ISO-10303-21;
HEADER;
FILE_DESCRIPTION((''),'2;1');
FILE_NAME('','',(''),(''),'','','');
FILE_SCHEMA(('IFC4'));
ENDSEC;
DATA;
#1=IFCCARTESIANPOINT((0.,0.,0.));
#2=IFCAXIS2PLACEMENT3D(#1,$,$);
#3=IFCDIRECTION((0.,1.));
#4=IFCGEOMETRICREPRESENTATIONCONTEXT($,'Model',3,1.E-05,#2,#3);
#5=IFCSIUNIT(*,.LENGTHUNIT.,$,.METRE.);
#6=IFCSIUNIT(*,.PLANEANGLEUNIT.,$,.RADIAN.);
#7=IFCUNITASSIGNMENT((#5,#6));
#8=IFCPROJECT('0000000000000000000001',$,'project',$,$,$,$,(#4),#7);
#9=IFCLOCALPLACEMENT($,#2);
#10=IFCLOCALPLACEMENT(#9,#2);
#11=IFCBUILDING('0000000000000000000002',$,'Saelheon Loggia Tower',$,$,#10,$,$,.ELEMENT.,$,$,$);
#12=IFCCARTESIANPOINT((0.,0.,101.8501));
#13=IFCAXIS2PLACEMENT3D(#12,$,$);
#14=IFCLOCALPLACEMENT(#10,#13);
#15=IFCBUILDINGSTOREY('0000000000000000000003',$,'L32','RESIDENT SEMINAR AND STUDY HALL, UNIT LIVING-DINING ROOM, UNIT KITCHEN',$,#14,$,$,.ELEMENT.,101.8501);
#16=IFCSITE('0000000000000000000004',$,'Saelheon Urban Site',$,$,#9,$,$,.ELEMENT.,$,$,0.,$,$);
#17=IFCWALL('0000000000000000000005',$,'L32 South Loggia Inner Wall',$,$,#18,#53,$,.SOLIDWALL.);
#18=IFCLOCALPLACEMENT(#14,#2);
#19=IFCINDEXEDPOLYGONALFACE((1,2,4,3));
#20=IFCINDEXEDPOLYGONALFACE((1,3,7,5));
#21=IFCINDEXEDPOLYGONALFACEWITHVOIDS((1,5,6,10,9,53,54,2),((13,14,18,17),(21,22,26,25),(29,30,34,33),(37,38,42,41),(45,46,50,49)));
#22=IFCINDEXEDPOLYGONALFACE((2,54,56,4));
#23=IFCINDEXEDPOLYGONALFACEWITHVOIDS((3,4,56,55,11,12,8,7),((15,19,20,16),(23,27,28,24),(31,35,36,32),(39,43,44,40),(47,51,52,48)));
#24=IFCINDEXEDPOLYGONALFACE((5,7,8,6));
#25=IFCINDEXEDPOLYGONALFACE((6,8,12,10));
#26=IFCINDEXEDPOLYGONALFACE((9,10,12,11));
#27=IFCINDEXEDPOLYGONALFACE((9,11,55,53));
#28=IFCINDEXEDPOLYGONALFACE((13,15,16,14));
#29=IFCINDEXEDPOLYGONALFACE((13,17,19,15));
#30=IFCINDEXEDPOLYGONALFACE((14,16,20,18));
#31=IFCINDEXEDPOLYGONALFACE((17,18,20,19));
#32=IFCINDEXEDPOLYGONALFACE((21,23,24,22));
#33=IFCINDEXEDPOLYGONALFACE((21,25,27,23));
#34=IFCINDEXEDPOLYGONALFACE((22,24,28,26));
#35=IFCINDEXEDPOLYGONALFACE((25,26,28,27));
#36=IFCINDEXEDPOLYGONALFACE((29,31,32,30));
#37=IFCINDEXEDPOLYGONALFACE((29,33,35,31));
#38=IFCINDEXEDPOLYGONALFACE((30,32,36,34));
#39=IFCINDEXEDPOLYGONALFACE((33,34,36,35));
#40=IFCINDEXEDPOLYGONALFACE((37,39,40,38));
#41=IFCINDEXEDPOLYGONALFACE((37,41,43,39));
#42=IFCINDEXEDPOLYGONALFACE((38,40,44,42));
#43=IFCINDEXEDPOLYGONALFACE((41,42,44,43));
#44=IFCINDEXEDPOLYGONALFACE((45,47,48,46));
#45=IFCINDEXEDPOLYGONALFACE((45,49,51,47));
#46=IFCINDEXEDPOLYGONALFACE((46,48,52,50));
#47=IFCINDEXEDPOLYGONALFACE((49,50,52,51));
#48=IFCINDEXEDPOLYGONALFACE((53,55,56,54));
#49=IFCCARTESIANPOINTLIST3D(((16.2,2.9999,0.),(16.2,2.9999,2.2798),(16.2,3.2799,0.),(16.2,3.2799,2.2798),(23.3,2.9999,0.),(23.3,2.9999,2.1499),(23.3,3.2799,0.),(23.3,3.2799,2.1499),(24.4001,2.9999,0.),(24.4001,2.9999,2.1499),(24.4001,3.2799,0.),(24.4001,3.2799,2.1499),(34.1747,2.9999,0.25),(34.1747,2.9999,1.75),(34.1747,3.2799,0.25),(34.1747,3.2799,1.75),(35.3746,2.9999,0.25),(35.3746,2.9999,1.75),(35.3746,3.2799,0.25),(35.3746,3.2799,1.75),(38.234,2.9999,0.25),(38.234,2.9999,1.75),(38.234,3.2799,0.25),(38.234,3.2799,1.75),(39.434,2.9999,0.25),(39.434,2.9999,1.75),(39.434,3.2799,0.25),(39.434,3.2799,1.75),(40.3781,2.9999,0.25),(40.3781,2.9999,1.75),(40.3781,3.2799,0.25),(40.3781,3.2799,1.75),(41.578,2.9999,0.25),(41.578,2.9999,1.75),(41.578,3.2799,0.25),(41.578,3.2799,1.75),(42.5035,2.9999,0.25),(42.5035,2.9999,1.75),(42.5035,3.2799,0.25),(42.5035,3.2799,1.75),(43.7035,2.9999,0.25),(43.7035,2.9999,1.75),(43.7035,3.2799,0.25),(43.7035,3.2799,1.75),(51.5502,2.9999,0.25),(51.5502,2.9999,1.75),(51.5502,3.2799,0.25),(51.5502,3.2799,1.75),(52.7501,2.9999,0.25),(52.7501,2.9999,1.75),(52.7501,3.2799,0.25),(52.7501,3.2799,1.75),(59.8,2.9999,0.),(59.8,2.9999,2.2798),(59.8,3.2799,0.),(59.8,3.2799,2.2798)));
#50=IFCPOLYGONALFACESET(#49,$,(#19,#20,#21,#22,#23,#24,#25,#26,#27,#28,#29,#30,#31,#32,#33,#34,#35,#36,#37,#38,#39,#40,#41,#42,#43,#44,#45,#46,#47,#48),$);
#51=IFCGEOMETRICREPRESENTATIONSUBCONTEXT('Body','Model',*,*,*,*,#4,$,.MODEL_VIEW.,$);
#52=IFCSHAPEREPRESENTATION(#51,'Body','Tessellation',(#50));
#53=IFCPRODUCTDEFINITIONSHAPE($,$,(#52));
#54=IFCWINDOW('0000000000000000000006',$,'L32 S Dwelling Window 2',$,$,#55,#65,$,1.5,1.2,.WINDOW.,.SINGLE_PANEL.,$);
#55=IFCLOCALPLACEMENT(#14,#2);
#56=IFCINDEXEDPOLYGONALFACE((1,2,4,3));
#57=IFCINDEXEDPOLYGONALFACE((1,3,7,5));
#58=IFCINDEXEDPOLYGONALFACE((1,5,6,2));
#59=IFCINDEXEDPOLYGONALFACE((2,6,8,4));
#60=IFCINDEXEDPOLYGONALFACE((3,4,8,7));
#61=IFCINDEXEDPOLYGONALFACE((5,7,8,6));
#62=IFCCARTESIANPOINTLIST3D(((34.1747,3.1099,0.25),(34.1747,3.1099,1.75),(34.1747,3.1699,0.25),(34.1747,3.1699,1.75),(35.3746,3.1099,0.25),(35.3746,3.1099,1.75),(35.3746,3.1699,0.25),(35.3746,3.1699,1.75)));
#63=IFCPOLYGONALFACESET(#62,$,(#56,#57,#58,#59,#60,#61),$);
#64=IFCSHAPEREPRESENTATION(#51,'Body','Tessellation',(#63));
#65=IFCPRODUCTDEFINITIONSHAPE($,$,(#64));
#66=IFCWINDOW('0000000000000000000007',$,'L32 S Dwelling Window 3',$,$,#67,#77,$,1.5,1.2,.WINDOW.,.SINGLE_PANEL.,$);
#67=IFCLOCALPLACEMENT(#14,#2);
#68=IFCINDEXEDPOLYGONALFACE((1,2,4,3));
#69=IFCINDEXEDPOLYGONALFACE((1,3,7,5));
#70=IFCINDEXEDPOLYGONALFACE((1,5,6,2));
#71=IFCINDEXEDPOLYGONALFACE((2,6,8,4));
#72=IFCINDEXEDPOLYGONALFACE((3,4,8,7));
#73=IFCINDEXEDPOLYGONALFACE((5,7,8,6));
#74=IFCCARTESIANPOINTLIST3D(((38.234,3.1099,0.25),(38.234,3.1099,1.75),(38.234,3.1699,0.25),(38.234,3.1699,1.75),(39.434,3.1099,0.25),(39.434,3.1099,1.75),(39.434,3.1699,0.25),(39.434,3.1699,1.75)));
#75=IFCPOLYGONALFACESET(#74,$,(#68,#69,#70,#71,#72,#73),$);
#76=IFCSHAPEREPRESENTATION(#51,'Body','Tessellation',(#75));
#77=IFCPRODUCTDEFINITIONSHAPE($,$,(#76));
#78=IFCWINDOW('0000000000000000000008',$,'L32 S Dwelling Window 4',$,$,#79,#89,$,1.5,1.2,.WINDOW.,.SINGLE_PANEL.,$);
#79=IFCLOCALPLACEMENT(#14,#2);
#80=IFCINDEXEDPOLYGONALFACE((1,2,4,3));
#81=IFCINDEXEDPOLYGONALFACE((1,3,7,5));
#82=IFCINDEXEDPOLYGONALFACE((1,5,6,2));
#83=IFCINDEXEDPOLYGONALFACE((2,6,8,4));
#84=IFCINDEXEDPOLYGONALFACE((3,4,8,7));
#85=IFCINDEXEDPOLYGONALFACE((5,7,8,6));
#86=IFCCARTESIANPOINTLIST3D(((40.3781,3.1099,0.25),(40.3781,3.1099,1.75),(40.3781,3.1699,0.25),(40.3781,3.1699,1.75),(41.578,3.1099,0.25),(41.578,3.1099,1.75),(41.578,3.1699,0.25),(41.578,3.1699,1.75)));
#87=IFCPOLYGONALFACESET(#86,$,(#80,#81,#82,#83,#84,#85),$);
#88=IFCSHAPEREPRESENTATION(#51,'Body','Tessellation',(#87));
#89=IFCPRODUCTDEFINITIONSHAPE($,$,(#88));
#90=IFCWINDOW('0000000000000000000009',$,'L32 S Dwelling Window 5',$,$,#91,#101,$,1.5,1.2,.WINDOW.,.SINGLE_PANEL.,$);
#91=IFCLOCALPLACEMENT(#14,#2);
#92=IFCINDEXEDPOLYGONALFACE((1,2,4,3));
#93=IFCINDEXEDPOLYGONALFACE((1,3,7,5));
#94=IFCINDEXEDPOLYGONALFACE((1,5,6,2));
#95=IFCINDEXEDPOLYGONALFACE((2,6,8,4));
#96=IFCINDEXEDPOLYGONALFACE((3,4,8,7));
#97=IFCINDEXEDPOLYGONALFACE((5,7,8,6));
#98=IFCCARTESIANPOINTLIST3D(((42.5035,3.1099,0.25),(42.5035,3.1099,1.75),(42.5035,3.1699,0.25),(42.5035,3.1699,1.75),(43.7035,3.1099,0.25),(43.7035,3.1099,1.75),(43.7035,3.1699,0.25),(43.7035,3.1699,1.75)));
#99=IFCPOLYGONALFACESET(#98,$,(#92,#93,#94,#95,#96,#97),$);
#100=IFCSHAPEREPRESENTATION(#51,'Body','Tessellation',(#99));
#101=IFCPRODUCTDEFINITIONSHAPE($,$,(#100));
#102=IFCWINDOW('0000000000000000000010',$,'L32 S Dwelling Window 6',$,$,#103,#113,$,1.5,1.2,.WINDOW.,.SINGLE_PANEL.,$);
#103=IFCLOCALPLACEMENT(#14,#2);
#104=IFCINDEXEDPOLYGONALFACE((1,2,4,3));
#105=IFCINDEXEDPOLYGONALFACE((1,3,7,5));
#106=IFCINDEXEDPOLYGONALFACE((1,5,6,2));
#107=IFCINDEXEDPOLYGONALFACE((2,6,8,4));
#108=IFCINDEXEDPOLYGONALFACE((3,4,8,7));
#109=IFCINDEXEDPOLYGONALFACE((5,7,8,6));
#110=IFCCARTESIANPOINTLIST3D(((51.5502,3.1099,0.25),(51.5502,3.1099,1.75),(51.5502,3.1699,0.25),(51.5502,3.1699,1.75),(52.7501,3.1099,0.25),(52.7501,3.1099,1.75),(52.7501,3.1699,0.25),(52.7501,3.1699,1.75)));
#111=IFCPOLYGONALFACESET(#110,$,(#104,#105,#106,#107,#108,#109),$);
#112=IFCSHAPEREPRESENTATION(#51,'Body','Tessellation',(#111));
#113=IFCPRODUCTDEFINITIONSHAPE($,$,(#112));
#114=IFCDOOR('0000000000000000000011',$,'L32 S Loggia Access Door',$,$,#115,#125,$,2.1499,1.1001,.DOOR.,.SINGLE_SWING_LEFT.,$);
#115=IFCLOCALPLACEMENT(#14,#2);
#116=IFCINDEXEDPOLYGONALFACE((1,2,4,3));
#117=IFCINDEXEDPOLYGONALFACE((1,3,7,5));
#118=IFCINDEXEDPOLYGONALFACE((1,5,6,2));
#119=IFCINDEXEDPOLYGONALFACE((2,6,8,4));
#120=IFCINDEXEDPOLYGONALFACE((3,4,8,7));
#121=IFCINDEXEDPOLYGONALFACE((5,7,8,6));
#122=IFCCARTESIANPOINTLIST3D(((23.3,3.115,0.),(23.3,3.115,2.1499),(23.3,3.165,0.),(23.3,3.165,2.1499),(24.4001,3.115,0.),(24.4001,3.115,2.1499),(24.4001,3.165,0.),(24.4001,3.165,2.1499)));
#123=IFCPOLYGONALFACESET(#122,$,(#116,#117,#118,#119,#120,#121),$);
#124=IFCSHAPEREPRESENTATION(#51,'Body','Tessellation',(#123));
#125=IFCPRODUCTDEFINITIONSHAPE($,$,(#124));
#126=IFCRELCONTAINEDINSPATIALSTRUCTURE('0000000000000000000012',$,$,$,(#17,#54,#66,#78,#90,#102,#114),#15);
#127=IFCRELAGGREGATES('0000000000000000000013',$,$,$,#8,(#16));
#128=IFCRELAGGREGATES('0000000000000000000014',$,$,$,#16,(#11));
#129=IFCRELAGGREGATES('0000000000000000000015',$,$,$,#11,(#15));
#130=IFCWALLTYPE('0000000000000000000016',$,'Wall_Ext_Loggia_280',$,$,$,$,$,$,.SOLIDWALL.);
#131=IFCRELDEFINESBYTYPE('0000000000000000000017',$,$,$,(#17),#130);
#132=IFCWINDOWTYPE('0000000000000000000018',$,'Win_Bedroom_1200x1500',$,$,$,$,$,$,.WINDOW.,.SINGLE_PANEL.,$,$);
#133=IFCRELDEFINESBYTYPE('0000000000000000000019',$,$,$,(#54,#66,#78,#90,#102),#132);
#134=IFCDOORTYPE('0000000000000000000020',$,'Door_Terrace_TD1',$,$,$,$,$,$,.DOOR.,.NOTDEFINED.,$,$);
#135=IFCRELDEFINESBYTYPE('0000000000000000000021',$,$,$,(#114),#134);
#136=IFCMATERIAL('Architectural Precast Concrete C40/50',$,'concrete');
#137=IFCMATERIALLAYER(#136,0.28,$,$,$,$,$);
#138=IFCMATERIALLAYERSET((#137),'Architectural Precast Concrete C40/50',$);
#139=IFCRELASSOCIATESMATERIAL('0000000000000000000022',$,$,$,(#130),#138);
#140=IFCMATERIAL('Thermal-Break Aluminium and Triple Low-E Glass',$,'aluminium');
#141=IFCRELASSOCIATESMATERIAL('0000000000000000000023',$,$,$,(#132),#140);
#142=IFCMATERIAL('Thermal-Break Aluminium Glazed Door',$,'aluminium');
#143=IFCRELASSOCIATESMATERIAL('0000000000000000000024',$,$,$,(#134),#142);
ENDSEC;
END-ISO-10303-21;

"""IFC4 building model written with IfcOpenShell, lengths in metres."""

from ifc_helpers import new_model, si_unit, direction, frame, frame_2d, origin, place, context, subcontext, project, spatial, rectangle, extrude, source, transform, mapped, material, layer, layer_set, type_object, element, fill, save


model = new_model("IFC4")

# Units and contexts
model_context = context("Model", 3, precision=1e-05, world=origin(), true_north=direction((0.0, 1.0)))
body_context = subcontext(model_context, "Body", "Model", "MODEL_VIEW")
ifc_project = project(units=[si_unit("LENGTHUNIT", "METRE"), si_unit("PLANEANGLEUNIT", "RADIAN")], contexts=[model_context])

# Site, building, storey
site_placement = place(None, origin())
site = spatial("IfcSite", under=ifc_project, at=site_placement, Name="Saelheon Urban Site", CompositionType="ELEMENT", RefElevation=0.0)
building_placement = place(site_placement, origin())
building = spatial("IfcBuilding", under=site, at=building_placement, Name="Saelheon Loggia Tower", CompositionType="ELEMENT")
storey_placement = place(building_placement, frame((0.0, 0.0, 101.8501)))
storey = spatial("IfcBuildingStorey", under=building, at=storey_placement, Name="L32", Description="RESIDENT SEMINAR AND STUDY HALL, UNIT LIVING-DINING ROOM, UNIT KITCHEN", CompositionType="ELEMENT", Elevation=101.8501)

# Wall, openings, windows, door
ifc_material_1 = material(Name="Architectural Precast Concrete C40/50", Category="concrete")
ifc_layer_1 = layer(ifc_material_1, 0.28)
ifc_layer_set_1 = layer_set([ifc_layer_1], Name="Architectural Precast Concrete C40/50")
wall_type_1 = type_object("IfcWallType", Name="Wall_Ext_Loggia_280", PredefinedType="SOLIDWALL", material=ifc_layer_set_1)
wall_1_placement = place(storey_placement, frame((16.2, 3.1399, 0.0), z_axis=(0.0, 0.0, 1.0), x_axis=(1.0, 0.0, 0.0)))
wall_1 = element("IfcWall", 1, at=wall_1_placement, inside=storey, type_object=wall_type_1, Name="L32 South Loggia Inner Wall", PredefinedType="SOLIDWALL", context=body_context, shape_type="SweptSolid", body=[
    extrude(rectangle(XDim=43.6001, YDim=0.28, at=frame_2d((21.8, 0.0))), origin(), (0.0, 0.0, 1.0), 2.2798),
])
opening_1_placement = place(wall_1_placement, frame((8.2002, 0.0, 0.0), z_axis=(0.0, 0.0, 1.0), x_axis=(-1.0, 0.0, 0.0)))
opening_1 = element("IfcOpeningElement", 2, at=opening_1_placement, cuts=wall_1, PredefinedType="OPENING", context=body_context, shape_type="SweptSolid", body=[
    extrude(rectangle(XDim=1.1001, YDim=2.1499, at=frame_2d((0.55, 1.075))), frame((0.0, 0.1521, 0.0), z_axis=(0.0, -1.0, 0.0), x_axis=(1.0, 0.0, 0.0)), (0.0, 0.0, 1.0), 0.304),
])
opening_2_placement = place(wall_1_placement, frame((17.9746, 0.0, 0.25)))
opening_2 = element("IfcOpeningElement", 3, at=opening_2_placement, cuts=wall_1, PredefinedType="OPENING", context=body_context, shape_type="SweptSolid", body=[
    extrude(rectangle(XDim=1.2, YDim=1.5, at=frame_2d((0.6001, 0.75))), frame((0.0, 0.1521, 0.0), z_axis=(0.0, -1.0, 0.0), x_axis=(1.0, 0.0, 0.0)), (0.0, 0.0, 1.0), 0.304),
])
opening_3_placement = place(wall_1_placement, frame((22.0339, 0.0, 0.25)))
opening_3 = element("IfcOpeningElement", 4, at=opening_3_placement, cuts=wall_1, PredefinedType="OPENING", context=body_context, shape_type="SweptSolid", body=[
    extrude(rectangle(XDim=1.2, YDim=1.5, at=frame_2d((0.6001, 0.75))), frame((0.0, 0.1521, 0.0), z_axis=(0.0, -1.0, 0.0), x_axis=(1.0, 0.0, 0.0)), (0.0, 0.0, 1.0), 0.304),
])
opening_4_placement = place(wall_1_placement, frame((24.178, 0.0, 0.25)))
opening_4 = element("IfcOpeningElement", 5, at=opening_4_placement, cuts=wall_1, PredefinedType="OPENING", context=body_context, shape_type="SweptSolid", body=[
    extrude(rectangle(XDim=1.2, YDim=1.5, at=frame_2d((0.6001, 0.75))), frame((0.0, 0.1521, 0.0), z_axis=(0.0, -1.0, 0.0), x_axis=(1.0, 0.0, 0.0)), (0.0, 0.0, 1.0), 0.304),
])
opening_5_placement = place(wall_1_placement, frame((26.3035, 0.0, 0.25)))
opening_5 = element("IfcOpeningElement", 6, at=opening_5_placement, cuts=wall_1, PredefinedType="OPENING", context=body_context, shape_type="SweptSolid", body=[
    extrude(rectangle(XDim=1.2, YDim=1.5, at=frame_2d((0.6001, 0.75))), frame((0.0, 0.1521, 0.0), z_axis=(0.0, -1.0, 0.0), x_axis=(1.0, 0.0, 0.0)), (0.0, 0.0, 1.0), 0.304),
])
opening_6_placement = place(wall_1_placement, frame((35.3501, 0.0, 0.25)))
opening_6 = element("IfcOpeningElement", 7, at=opening_6_placement, cuts=wall_1, PredefinedType="OPENING", context=body_context, shape_type="SweptSolid", body=[
    extrude(rectangle(XDim=1.2, YDim=1.5, at=frame_2d((0.6001, 0.75))), frame((0.0, 0.1521, 0.0), z_axis=(0.0, -1.0, 0.0), x_axis=(1.0, 0.0, 0.0)), (0.0, 0.0, 1.0), 0.304),
])
ifc_material_2 = material(Name="Thermal-Break Aluminium and Triple Low-E Glass", Category="aluminium")
window_type = type_object("IfcWindowType", Name="Win_Bedroom_1200x1500", PartitioningType="SINGLE_PANEL", PredefinedType="WINDOW", material=ifc_material_2)
shared_shape_1 = source(origin(), body_context, "Body", "SweptSolid", [
    extrude(rectangle(XDim=1.2, YDim=1.5, at=frame_2d((0.6001, 0.75))), frame((0.0, 0.03, 0.0), z_axis=(0.0, -1.0, 0.0), x_axis=(1.0, 0.0, 0.0)), (0.0, 0.0, 1.0), 0.0601),
])
window_1_placement = place(opening_2_placement, origin())
window_1 = element("IfcWindow", 8, at=window_1_placement, inside=storey, type_object=window_type, Name="L32 S Dwelling Window 2", OverallHeight=1.5, OverallWidth=1.2, PartitioningType="SINGLE_PANEL", PredefinedType="WINDOW", context=body_context, shape_type="MappedRepresentation", body=[
    mapped(shared_shape_1, transform((0.0, 0.0, 0.0), scale=1.0)),
])
fill(opening_2, window_1)
window_2_placement = place(opening_3_placement, origin())
window_2 = element("IfcWindow", 9, at=window_2_placement, inside=storey, type_object=window_type, Name="L32 S Dwelling Window 3", OverallHeight=1.5, OverallWidth=1.2, PartitioningType="SINGLE_PANEL", PredefinedType="WINDOW", context=body_context, shape_type="MappedRepresentation", body=[
    mapped(shared_shape_1, transform((0.0, 0.0, 0.0), scale=1.0)),
])
fill(opening_3, window_2)
window_3_placement = place(opening_4_placement, origin())
window_3 = element("IfcWindow", 10, at=window_3_placement, inside=storey, type_object=window_type, Name="L32 S Dwelling Window 4", OverallHeight=1.5, OverallWidth=1.2, PartitioningType="SINGLE_PANEL", PredefinedType="WINDOW", context=body_context, shape_type="MappedRepresentation", body=[
    mapped(shared_shape_1, transform((0.0, 0.0, 0.0), scale=1.0)),
])
fill(opening_4, window_3)
window_4_placement = place(opening_5_placement, origin())
window_4 = element("IfcWindow", 11, at=window_4_placement, inside=storey, type_object=window_type, Name="L32 S Dwelling Window 5", OverallHeight=1.5, OverallWidth=1.2, PartitioningType="SINGLE_PANEL", PredefinedType="WINDOW", context=body_context, shape_type="MappedRepresentation", body=[
    mapped(shared_shape_1, transform((0.0, 0.0, 0.0), scale=1.0)),
])
fill(opening_5, window_4)
window_5_placement = place(opening_6_placement, origin())
window_5 = element("IfcWindow", 12, at=window_5_placement, inside=storey, type_object=window_type, Name="L32 S Dwelling Window 6", OverallHeight=1.5, OverallWidth=1.2, PartitioningType="SINGLE_PANEL", PredefinedType="WINDOW", context=body_context, shape_type="MappedRepresentation", body=[
    mapped(shared_shape_1, transform((0.0, 0.0, 0.0), scale=1.0)),
])
fill(opening_6, window_5)
ifc_material_3 = material(Name="Thermal-Break Aluminium Glazed Door", Category="aluminium")
door_type_1 = type_object("IfcDoorType", Name="Door_Terrace_TD1", OperationType="NOTDEFINED", PredefinedType="DOOR", material=ifc_material_3)
shared_shape_2 = source(origin(), body_context, "Body", "SweptSolid", [
    extrude(rectangle(XDim=1.1001, YDim=2.1499, at=frame_2d((0.55, 1.075))), frame((0.0, 0.0249, 0.0), z_axis=(0.0, -1.0, 0.0), x_axis=(1.0, 0.0, 0.0)), (0.0, 0.0, 1.0), 0.05),
])
door_1_placement = place(opening_1_placement, origin())
door_1 = element("IfcDoor", 13, at=door_1_placement, inside=storey, type_object=door_type_1, Name="L32 S Loggia Access Door", OperationType="SINGLE_SWING_LEFT", OverallHeight=2.1499, OverallWidth=1.1001, PredefinedType="DOOR", context=body_context, shape_type="MappedRepresentation", body=[
    mapped(shared_shape_2, transform((0.0, 0.0, 0.0), scale=1.0)),
])
fill(opening_1, door_1)

save(model, "model.ifc")
